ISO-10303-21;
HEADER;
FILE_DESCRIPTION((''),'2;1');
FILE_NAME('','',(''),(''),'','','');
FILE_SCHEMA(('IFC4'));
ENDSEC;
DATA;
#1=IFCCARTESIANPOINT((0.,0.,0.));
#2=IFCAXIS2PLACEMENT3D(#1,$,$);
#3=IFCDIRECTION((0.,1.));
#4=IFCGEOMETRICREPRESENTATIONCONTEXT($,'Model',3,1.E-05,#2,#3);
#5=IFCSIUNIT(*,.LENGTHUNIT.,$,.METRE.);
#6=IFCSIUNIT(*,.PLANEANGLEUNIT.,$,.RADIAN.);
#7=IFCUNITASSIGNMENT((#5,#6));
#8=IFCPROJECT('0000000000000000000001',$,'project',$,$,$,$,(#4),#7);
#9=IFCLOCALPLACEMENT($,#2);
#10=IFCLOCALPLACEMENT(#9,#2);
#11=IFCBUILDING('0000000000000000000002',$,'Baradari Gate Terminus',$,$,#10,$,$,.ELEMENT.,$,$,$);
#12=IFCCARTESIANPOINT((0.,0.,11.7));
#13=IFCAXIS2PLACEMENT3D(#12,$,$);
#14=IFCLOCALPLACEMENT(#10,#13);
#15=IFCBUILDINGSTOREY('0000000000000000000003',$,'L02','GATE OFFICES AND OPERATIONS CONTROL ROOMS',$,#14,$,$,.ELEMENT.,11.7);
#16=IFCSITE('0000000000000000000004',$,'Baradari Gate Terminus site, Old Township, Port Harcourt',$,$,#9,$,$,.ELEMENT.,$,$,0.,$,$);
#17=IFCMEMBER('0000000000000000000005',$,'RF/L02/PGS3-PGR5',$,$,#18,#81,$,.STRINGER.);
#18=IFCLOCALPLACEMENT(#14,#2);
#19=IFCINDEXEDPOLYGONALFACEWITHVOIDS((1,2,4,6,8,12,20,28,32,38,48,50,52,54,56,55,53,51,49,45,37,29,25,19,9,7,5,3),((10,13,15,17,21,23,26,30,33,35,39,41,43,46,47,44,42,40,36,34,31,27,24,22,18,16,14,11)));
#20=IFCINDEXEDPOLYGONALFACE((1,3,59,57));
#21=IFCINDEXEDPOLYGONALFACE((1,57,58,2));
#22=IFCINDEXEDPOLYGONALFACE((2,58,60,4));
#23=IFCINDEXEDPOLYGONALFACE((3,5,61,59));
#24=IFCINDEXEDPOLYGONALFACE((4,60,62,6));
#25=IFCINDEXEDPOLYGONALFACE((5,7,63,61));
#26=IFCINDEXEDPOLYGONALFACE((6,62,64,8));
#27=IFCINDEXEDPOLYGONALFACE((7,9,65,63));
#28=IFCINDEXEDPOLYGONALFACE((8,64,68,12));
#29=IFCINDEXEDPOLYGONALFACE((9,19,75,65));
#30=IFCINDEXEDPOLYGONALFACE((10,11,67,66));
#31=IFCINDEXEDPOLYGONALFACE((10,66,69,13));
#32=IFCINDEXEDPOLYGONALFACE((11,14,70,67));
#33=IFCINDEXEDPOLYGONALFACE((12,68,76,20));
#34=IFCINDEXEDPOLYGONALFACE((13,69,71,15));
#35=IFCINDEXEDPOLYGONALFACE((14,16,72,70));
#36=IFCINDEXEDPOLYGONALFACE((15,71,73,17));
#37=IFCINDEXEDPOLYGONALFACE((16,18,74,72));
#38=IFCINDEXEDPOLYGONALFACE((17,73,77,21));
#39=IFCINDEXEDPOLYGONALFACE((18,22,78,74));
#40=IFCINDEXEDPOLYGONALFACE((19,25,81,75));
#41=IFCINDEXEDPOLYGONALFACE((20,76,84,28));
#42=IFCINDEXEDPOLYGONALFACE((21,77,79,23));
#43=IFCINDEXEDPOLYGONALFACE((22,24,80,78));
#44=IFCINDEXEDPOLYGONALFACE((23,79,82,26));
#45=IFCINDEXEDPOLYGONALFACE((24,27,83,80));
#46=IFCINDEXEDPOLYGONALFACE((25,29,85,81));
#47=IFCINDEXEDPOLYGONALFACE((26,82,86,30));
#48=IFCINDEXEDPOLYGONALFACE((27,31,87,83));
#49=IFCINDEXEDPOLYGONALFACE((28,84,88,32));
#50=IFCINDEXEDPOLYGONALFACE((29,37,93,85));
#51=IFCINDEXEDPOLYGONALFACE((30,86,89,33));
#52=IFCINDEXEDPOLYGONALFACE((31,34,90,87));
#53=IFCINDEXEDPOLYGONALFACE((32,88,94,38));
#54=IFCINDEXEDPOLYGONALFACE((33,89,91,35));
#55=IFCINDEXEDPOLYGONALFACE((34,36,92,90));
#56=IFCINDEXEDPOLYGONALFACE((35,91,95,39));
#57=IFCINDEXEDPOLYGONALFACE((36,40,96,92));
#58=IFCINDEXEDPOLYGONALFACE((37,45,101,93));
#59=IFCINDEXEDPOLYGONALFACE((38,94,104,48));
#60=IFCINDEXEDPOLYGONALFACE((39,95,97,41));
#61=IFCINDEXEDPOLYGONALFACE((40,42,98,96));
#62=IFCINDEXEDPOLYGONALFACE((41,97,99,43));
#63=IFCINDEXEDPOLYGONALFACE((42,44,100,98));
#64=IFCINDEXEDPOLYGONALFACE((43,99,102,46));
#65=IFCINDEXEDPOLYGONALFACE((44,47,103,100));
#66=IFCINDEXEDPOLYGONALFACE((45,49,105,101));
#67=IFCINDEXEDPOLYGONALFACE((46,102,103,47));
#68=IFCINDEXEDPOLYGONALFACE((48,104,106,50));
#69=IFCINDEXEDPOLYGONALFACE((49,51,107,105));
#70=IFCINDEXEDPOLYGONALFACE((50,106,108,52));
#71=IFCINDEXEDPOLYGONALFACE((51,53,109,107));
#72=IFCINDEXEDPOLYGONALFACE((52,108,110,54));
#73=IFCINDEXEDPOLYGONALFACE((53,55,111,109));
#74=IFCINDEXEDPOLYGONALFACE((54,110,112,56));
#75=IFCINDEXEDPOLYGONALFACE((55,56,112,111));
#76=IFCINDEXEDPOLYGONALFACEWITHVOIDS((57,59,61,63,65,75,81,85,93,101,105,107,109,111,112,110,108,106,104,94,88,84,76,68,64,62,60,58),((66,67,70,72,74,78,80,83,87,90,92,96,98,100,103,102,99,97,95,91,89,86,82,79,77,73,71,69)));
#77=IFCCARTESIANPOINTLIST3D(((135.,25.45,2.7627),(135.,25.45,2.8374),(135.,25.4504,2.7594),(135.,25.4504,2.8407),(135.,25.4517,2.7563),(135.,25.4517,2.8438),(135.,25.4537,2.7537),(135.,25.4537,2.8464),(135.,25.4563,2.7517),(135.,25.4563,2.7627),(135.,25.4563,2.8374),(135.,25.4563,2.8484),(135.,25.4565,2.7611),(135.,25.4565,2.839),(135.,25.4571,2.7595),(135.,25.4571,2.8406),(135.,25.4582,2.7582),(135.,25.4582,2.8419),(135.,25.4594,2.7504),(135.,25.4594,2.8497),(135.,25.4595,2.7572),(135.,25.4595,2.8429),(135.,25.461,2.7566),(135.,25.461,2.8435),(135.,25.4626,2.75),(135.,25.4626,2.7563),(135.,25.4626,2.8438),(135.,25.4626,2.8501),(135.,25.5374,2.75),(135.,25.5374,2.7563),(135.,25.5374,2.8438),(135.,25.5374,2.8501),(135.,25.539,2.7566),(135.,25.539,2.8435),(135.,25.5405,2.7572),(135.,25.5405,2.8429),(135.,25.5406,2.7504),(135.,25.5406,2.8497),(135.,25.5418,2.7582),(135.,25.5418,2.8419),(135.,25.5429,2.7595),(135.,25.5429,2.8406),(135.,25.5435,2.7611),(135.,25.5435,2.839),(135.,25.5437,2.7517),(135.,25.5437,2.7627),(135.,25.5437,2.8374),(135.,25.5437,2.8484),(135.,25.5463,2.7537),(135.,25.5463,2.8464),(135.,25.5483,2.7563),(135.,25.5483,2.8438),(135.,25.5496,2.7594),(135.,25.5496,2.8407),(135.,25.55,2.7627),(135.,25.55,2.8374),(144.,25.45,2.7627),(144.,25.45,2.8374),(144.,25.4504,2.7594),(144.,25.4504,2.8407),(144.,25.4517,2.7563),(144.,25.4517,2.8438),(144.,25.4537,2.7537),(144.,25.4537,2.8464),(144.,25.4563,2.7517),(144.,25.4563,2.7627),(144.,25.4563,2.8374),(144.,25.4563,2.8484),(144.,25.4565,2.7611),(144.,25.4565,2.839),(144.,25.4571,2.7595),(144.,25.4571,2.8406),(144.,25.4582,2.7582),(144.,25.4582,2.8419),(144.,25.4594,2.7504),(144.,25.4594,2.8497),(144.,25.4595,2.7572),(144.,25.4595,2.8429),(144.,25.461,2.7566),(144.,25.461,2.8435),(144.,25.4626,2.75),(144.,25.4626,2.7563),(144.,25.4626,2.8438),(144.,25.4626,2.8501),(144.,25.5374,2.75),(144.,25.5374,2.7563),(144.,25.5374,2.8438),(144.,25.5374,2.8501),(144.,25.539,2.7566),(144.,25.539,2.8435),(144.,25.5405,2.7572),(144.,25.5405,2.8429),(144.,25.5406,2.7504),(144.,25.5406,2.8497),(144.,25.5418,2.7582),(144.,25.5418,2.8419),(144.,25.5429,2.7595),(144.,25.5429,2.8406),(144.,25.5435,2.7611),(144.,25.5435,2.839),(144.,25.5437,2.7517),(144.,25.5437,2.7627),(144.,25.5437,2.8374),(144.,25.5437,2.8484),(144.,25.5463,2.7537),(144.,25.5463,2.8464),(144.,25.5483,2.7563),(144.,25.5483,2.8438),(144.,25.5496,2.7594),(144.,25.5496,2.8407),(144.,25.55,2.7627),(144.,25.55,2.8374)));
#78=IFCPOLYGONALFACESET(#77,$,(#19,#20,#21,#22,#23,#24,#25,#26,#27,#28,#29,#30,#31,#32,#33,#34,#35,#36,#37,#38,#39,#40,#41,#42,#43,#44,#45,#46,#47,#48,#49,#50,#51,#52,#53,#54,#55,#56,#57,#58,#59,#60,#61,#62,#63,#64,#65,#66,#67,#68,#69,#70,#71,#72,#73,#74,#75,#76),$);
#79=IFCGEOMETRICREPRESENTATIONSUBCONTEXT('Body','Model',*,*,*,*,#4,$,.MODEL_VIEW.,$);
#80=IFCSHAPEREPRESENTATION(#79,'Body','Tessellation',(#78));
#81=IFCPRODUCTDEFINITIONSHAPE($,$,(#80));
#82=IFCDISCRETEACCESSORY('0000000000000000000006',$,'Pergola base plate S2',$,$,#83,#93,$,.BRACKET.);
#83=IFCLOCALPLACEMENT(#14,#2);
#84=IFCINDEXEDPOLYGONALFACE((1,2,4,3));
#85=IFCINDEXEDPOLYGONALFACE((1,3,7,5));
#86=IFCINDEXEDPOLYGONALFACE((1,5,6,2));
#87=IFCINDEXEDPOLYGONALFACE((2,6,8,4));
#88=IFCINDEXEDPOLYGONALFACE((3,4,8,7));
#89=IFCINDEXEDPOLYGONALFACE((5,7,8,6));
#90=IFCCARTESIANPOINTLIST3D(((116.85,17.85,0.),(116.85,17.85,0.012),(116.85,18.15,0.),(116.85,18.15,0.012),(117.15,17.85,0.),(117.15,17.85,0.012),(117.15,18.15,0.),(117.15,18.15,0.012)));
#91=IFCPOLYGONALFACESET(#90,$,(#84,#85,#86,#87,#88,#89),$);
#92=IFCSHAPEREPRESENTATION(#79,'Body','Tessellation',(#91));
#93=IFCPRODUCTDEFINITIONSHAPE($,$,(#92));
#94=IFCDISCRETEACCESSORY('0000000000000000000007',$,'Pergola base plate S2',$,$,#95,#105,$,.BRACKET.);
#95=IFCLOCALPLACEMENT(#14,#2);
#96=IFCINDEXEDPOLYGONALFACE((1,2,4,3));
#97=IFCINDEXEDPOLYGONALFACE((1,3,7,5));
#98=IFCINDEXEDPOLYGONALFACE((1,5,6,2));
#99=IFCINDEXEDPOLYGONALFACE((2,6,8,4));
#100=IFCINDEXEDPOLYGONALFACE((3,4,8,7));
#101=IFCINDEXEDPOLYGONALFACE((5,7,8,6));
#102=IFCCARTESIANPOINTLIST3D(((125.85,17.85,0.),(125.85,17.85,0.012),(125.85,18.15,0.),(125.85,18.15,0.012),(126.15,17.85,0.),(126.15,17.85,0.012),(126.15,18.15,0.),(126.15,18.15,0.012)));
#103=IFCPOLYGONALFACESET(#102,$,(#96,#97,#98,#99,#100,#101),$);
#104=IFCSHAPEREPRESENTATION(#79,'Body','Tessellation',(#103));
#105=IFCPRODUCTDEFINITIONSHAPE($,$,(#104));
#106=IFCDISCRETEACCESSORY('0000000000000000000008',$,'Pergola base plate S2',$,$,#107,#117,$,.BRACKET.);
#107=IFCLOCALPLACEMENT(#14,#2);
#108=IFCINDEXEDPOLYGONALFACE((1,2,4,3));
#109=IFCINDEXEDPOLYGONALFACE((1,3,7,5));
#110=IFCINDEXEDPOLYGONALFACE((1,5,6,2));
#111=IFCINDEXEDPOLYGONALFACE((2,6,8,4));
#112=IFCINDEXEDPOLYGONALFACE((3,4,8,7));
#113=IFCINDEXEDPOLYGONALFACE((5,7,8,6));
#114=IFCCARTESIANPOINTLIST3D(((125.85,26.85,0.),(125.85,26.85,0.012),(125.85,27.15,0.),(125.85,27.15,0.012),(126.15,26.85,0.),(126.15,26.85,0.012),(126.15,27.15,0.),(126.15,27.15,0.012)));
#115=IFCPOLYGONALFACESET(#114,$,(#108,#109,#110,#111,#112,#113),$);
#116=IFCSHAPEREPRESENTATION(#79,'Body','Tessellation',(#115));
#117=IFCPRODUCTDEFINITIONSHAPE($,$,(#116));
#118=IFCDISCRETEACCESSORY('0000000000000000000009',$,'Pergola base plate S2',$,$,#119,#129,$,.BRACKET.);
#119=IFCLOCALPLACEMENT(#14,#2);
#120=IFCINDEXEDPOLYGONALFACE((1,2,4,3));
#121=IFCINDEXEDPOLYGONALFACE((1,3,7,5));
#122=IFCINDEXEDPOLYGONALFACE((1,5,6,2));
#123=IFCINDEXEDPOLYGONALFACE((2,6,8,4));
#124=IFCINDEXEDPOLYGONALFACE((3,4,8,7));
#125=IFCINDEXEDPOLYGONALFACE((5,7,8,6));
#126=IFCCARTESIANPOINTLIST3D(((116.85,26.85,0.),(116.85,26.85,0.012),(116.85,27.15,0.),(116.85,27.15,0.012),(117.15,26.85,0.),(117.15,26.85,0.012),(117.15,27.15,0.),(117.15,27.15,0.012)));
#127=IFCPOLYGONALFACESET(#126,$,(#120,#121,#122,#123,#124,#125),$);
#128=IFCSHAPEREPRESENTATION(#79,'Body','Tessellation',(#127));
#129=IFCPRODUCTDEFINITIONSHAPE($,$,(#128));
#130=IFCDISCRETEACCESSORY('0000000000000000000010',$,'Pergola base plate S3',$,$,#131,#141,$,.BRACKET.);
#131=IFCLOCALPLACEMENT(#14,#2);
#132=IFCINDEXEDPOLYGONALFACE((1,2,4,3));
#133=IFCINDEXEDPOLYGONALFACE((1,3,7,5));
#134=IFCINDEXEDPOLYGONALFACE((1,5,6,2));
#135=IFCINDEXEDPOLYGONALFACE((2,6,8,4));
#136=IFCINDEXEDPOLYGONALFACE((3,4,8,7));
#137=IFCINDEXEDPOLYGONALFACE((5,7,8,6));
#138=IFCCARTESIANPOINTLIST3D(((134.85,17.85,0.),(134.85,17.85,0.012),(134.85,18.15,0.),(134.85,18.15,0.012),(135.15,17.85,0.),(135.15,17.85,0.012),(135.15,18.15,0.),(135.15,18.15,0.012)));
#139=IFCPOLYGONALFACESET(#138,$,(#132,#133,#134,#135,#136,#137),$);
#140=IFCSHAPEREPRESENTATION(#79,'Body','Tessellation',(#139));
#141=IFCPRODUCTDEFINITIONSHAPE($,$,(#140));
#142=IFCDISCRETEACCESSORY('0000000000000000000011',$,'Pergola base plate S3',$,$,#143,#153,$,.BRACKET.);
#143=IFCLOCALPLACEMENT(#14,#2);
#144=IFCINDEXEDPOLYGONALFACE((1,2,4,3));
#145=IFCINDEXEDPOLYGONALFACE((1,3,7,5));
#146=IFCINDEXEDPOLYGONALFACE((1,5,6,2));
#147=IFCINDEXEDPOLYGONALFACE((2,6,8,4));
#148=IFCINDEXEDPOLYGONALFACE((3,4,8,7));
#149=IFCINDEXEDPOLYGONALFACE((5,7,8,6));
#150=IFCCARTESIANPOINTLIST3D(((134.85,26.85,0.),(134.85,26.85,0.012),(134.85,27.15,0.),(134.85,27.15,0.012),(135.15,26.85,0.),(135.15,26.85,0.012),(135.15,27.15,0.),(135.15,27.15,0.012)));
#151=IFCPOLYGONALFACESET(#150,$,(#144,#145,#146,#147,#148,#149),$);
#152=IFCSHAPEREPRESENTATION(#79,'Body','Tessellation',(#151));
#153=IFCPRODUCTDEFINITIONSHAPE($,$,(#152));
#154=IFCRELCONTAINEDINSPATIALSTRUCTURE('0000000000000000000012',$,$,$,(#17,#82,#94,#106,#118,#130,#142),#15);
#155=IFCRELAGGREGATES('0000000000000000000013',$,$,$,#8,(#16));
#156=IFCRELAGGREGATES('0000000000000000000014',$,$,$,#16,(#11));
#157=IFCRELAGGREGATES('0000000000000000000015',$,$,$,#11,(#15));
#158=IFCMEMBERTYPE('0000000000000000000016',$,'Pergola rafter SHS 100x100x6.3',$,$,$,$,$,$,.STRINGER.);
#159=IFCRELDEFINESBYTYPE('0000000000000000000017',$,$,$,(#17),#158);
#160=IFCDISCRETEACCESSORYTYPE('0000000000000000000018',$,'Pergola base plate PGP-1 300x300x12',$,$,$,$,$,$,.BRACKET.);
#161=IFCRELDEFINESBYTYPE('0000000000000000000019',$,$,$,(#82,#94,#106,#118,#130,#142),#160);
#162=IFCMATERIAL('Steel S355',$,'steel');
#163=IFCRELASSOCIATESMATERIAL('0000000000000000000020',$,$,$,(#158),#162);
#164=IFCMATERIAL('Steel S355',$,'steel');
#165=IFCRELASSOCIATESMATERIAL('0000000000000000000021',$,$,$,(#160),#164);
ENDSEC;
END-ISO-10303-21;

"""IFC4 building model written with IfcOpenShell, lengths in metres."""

from ifc_helpers import new_model, si_unit, direction, frame, origin, origin_2d, place, context, subcontext, project, spatial, rectangle, hollow_rectangle, extrude, material, material_profile, profile_set, type_object, element, save


model = new_model("IFC4")

# Units and contexts
model_context = context("Model", 3, precision=1e-05, world=origin(), true_north=direction((0.0, 1.0)))
body_context = subcontext(model_context, "Body", "Model", "MODEL_VIEW")
ifc_project = project(units=[si_unit("LENGTHUNIT", "METRE"), si_unit("PLANEANGLEUNIT", "RADIAN")], contexts=[model_context])

# Site, building, storey
site_placement = place(None, origin())
site = spatial("IfcSite", under=ifc_project, at=site_placement, Name="Baradari Gate Terminus site, Old Township, Port Harcourt", CompositionType="ELEMENT", RefElevation=0.0)
building_placement = place(site_placement, origin())
building = spatial("IfcBuilding", under=site, at=building_placement, Name="Baradari Gate Terminus", CompositionType="ELEMENT")
storey_placement = place(building_placement, frame((0.0, 0.0, 11.7)))
storey = spatial("IfcBuildingStorey", under=building, at=storey_placement, Name="L02", Description="GATE OFFICES AND OPERATIONS CONTROL ROOMS", CompositionType="ELEMENT", Elevation=11.7)

# Member
ifc_material_1 = material(Name="Steel S355", Category="steel")
ifc_material_profile_1 = material_profile(ifc_material_1, hollow_rectangle(XDim=0.1001, YDim=0.1001, WallThickness=0.0063, InnerFilletRadius=0.0063, OuterFilletRadius=0.0127, at=origin_2d()), Name="SHS 100x100x6.3")
ifc_profile_set_1 = profile_set([ifc_material_profile_1], Name="Steel S355")
member_type = type_object("IfcMemberType", Name="Pergola rafter SHS 100x100x6.3", PredefinedType="STRINGER", material=ifc_profile_set_1)
for number, where, z_axis, x_axis, name in (
    (1, (135.0, 25.5, 2.8), (1.0, 0.0, 0.0), (0.0, 1.0, 0.0), "RF/L02/PGS3-PGR5"),
):
    element("IfcMember", number, at=place(storey_placement, frame(where, z_axis=z_axis, x_axis=x_axis)), inside=storey, type_object=member_type, Name=name, PredefinedType="STRINGER", context=body_context, shape_type="SweptSolid", body=[
        extrude(hollow_rectangle(XDim=0.1001, YDim=0.1001, WallThickness=0.0063, InnerFilletRadius=0.0063, OuterFilletRadius=0.0127, at=origin_2d()), origin(), (0.0, 0.0, 1.0), 9.0),
    ])

# Discrete accessories
ifc_material_2 = material(Name="Steel S355", Category="steel")
discrete_accessory_type = type_object("IfcDiscreteAccessoryType", Name="Pergola base plate PGP-1 300x300x12", PredefinedType="BRACKET", material=ifc_material_2)
for number, where, z_axis, x_axis, name in (
    (2, (117.0, 18.0, 0.0), (0.0, 0.0, 1.0), (1.0, 0.0, 0.0), "Pergola base plate S2"),
    (3, (126.0, 18.0, 0.0), (0.0, 0.0, 1.0), (1.0, 0.0, 0.0), "Pergola base plate S2"),
    (4, (126.0, 27.0, 0.0), (0.0, 0.0, 1.0), (1.0, 0.0, 0.0), "Pergola base plate S2"),
    (5, (117.0, 27.0, 0.0), (0.0, 0.0, 1.0), (1.0, 0.0, 0.0), "Pergola base plate S2"),
    (6, (135.0, 18.0, 0.0), (0.0, 0.0, 1.0), (1.0, 0.0, 0.0), "Pergola base plate S3"),
    (7, (135.0, 27.0, 0.0), (0.0, 0.0, 1.0), (1.0, 0.0, 0.0), "Pergola base plate S3"),
):
    element("IfcDiscreteAccessory", number, at=place(storey_placement, frame(where, z_axis=z_axis, x_axis=x_axis)), inside=storey, type_object=discrete_accessory_type, Name=name, PredefinedType="BRACKET", context=body_context, shape_type="SweptSolid", body=[
        extrude(rectangle(XDim=0.3, YDim=0.3, at=origin_2d()), origin(), (0.0, 0.0, 1.0), 0.012),
    ])

save(model, "model.ifc")
